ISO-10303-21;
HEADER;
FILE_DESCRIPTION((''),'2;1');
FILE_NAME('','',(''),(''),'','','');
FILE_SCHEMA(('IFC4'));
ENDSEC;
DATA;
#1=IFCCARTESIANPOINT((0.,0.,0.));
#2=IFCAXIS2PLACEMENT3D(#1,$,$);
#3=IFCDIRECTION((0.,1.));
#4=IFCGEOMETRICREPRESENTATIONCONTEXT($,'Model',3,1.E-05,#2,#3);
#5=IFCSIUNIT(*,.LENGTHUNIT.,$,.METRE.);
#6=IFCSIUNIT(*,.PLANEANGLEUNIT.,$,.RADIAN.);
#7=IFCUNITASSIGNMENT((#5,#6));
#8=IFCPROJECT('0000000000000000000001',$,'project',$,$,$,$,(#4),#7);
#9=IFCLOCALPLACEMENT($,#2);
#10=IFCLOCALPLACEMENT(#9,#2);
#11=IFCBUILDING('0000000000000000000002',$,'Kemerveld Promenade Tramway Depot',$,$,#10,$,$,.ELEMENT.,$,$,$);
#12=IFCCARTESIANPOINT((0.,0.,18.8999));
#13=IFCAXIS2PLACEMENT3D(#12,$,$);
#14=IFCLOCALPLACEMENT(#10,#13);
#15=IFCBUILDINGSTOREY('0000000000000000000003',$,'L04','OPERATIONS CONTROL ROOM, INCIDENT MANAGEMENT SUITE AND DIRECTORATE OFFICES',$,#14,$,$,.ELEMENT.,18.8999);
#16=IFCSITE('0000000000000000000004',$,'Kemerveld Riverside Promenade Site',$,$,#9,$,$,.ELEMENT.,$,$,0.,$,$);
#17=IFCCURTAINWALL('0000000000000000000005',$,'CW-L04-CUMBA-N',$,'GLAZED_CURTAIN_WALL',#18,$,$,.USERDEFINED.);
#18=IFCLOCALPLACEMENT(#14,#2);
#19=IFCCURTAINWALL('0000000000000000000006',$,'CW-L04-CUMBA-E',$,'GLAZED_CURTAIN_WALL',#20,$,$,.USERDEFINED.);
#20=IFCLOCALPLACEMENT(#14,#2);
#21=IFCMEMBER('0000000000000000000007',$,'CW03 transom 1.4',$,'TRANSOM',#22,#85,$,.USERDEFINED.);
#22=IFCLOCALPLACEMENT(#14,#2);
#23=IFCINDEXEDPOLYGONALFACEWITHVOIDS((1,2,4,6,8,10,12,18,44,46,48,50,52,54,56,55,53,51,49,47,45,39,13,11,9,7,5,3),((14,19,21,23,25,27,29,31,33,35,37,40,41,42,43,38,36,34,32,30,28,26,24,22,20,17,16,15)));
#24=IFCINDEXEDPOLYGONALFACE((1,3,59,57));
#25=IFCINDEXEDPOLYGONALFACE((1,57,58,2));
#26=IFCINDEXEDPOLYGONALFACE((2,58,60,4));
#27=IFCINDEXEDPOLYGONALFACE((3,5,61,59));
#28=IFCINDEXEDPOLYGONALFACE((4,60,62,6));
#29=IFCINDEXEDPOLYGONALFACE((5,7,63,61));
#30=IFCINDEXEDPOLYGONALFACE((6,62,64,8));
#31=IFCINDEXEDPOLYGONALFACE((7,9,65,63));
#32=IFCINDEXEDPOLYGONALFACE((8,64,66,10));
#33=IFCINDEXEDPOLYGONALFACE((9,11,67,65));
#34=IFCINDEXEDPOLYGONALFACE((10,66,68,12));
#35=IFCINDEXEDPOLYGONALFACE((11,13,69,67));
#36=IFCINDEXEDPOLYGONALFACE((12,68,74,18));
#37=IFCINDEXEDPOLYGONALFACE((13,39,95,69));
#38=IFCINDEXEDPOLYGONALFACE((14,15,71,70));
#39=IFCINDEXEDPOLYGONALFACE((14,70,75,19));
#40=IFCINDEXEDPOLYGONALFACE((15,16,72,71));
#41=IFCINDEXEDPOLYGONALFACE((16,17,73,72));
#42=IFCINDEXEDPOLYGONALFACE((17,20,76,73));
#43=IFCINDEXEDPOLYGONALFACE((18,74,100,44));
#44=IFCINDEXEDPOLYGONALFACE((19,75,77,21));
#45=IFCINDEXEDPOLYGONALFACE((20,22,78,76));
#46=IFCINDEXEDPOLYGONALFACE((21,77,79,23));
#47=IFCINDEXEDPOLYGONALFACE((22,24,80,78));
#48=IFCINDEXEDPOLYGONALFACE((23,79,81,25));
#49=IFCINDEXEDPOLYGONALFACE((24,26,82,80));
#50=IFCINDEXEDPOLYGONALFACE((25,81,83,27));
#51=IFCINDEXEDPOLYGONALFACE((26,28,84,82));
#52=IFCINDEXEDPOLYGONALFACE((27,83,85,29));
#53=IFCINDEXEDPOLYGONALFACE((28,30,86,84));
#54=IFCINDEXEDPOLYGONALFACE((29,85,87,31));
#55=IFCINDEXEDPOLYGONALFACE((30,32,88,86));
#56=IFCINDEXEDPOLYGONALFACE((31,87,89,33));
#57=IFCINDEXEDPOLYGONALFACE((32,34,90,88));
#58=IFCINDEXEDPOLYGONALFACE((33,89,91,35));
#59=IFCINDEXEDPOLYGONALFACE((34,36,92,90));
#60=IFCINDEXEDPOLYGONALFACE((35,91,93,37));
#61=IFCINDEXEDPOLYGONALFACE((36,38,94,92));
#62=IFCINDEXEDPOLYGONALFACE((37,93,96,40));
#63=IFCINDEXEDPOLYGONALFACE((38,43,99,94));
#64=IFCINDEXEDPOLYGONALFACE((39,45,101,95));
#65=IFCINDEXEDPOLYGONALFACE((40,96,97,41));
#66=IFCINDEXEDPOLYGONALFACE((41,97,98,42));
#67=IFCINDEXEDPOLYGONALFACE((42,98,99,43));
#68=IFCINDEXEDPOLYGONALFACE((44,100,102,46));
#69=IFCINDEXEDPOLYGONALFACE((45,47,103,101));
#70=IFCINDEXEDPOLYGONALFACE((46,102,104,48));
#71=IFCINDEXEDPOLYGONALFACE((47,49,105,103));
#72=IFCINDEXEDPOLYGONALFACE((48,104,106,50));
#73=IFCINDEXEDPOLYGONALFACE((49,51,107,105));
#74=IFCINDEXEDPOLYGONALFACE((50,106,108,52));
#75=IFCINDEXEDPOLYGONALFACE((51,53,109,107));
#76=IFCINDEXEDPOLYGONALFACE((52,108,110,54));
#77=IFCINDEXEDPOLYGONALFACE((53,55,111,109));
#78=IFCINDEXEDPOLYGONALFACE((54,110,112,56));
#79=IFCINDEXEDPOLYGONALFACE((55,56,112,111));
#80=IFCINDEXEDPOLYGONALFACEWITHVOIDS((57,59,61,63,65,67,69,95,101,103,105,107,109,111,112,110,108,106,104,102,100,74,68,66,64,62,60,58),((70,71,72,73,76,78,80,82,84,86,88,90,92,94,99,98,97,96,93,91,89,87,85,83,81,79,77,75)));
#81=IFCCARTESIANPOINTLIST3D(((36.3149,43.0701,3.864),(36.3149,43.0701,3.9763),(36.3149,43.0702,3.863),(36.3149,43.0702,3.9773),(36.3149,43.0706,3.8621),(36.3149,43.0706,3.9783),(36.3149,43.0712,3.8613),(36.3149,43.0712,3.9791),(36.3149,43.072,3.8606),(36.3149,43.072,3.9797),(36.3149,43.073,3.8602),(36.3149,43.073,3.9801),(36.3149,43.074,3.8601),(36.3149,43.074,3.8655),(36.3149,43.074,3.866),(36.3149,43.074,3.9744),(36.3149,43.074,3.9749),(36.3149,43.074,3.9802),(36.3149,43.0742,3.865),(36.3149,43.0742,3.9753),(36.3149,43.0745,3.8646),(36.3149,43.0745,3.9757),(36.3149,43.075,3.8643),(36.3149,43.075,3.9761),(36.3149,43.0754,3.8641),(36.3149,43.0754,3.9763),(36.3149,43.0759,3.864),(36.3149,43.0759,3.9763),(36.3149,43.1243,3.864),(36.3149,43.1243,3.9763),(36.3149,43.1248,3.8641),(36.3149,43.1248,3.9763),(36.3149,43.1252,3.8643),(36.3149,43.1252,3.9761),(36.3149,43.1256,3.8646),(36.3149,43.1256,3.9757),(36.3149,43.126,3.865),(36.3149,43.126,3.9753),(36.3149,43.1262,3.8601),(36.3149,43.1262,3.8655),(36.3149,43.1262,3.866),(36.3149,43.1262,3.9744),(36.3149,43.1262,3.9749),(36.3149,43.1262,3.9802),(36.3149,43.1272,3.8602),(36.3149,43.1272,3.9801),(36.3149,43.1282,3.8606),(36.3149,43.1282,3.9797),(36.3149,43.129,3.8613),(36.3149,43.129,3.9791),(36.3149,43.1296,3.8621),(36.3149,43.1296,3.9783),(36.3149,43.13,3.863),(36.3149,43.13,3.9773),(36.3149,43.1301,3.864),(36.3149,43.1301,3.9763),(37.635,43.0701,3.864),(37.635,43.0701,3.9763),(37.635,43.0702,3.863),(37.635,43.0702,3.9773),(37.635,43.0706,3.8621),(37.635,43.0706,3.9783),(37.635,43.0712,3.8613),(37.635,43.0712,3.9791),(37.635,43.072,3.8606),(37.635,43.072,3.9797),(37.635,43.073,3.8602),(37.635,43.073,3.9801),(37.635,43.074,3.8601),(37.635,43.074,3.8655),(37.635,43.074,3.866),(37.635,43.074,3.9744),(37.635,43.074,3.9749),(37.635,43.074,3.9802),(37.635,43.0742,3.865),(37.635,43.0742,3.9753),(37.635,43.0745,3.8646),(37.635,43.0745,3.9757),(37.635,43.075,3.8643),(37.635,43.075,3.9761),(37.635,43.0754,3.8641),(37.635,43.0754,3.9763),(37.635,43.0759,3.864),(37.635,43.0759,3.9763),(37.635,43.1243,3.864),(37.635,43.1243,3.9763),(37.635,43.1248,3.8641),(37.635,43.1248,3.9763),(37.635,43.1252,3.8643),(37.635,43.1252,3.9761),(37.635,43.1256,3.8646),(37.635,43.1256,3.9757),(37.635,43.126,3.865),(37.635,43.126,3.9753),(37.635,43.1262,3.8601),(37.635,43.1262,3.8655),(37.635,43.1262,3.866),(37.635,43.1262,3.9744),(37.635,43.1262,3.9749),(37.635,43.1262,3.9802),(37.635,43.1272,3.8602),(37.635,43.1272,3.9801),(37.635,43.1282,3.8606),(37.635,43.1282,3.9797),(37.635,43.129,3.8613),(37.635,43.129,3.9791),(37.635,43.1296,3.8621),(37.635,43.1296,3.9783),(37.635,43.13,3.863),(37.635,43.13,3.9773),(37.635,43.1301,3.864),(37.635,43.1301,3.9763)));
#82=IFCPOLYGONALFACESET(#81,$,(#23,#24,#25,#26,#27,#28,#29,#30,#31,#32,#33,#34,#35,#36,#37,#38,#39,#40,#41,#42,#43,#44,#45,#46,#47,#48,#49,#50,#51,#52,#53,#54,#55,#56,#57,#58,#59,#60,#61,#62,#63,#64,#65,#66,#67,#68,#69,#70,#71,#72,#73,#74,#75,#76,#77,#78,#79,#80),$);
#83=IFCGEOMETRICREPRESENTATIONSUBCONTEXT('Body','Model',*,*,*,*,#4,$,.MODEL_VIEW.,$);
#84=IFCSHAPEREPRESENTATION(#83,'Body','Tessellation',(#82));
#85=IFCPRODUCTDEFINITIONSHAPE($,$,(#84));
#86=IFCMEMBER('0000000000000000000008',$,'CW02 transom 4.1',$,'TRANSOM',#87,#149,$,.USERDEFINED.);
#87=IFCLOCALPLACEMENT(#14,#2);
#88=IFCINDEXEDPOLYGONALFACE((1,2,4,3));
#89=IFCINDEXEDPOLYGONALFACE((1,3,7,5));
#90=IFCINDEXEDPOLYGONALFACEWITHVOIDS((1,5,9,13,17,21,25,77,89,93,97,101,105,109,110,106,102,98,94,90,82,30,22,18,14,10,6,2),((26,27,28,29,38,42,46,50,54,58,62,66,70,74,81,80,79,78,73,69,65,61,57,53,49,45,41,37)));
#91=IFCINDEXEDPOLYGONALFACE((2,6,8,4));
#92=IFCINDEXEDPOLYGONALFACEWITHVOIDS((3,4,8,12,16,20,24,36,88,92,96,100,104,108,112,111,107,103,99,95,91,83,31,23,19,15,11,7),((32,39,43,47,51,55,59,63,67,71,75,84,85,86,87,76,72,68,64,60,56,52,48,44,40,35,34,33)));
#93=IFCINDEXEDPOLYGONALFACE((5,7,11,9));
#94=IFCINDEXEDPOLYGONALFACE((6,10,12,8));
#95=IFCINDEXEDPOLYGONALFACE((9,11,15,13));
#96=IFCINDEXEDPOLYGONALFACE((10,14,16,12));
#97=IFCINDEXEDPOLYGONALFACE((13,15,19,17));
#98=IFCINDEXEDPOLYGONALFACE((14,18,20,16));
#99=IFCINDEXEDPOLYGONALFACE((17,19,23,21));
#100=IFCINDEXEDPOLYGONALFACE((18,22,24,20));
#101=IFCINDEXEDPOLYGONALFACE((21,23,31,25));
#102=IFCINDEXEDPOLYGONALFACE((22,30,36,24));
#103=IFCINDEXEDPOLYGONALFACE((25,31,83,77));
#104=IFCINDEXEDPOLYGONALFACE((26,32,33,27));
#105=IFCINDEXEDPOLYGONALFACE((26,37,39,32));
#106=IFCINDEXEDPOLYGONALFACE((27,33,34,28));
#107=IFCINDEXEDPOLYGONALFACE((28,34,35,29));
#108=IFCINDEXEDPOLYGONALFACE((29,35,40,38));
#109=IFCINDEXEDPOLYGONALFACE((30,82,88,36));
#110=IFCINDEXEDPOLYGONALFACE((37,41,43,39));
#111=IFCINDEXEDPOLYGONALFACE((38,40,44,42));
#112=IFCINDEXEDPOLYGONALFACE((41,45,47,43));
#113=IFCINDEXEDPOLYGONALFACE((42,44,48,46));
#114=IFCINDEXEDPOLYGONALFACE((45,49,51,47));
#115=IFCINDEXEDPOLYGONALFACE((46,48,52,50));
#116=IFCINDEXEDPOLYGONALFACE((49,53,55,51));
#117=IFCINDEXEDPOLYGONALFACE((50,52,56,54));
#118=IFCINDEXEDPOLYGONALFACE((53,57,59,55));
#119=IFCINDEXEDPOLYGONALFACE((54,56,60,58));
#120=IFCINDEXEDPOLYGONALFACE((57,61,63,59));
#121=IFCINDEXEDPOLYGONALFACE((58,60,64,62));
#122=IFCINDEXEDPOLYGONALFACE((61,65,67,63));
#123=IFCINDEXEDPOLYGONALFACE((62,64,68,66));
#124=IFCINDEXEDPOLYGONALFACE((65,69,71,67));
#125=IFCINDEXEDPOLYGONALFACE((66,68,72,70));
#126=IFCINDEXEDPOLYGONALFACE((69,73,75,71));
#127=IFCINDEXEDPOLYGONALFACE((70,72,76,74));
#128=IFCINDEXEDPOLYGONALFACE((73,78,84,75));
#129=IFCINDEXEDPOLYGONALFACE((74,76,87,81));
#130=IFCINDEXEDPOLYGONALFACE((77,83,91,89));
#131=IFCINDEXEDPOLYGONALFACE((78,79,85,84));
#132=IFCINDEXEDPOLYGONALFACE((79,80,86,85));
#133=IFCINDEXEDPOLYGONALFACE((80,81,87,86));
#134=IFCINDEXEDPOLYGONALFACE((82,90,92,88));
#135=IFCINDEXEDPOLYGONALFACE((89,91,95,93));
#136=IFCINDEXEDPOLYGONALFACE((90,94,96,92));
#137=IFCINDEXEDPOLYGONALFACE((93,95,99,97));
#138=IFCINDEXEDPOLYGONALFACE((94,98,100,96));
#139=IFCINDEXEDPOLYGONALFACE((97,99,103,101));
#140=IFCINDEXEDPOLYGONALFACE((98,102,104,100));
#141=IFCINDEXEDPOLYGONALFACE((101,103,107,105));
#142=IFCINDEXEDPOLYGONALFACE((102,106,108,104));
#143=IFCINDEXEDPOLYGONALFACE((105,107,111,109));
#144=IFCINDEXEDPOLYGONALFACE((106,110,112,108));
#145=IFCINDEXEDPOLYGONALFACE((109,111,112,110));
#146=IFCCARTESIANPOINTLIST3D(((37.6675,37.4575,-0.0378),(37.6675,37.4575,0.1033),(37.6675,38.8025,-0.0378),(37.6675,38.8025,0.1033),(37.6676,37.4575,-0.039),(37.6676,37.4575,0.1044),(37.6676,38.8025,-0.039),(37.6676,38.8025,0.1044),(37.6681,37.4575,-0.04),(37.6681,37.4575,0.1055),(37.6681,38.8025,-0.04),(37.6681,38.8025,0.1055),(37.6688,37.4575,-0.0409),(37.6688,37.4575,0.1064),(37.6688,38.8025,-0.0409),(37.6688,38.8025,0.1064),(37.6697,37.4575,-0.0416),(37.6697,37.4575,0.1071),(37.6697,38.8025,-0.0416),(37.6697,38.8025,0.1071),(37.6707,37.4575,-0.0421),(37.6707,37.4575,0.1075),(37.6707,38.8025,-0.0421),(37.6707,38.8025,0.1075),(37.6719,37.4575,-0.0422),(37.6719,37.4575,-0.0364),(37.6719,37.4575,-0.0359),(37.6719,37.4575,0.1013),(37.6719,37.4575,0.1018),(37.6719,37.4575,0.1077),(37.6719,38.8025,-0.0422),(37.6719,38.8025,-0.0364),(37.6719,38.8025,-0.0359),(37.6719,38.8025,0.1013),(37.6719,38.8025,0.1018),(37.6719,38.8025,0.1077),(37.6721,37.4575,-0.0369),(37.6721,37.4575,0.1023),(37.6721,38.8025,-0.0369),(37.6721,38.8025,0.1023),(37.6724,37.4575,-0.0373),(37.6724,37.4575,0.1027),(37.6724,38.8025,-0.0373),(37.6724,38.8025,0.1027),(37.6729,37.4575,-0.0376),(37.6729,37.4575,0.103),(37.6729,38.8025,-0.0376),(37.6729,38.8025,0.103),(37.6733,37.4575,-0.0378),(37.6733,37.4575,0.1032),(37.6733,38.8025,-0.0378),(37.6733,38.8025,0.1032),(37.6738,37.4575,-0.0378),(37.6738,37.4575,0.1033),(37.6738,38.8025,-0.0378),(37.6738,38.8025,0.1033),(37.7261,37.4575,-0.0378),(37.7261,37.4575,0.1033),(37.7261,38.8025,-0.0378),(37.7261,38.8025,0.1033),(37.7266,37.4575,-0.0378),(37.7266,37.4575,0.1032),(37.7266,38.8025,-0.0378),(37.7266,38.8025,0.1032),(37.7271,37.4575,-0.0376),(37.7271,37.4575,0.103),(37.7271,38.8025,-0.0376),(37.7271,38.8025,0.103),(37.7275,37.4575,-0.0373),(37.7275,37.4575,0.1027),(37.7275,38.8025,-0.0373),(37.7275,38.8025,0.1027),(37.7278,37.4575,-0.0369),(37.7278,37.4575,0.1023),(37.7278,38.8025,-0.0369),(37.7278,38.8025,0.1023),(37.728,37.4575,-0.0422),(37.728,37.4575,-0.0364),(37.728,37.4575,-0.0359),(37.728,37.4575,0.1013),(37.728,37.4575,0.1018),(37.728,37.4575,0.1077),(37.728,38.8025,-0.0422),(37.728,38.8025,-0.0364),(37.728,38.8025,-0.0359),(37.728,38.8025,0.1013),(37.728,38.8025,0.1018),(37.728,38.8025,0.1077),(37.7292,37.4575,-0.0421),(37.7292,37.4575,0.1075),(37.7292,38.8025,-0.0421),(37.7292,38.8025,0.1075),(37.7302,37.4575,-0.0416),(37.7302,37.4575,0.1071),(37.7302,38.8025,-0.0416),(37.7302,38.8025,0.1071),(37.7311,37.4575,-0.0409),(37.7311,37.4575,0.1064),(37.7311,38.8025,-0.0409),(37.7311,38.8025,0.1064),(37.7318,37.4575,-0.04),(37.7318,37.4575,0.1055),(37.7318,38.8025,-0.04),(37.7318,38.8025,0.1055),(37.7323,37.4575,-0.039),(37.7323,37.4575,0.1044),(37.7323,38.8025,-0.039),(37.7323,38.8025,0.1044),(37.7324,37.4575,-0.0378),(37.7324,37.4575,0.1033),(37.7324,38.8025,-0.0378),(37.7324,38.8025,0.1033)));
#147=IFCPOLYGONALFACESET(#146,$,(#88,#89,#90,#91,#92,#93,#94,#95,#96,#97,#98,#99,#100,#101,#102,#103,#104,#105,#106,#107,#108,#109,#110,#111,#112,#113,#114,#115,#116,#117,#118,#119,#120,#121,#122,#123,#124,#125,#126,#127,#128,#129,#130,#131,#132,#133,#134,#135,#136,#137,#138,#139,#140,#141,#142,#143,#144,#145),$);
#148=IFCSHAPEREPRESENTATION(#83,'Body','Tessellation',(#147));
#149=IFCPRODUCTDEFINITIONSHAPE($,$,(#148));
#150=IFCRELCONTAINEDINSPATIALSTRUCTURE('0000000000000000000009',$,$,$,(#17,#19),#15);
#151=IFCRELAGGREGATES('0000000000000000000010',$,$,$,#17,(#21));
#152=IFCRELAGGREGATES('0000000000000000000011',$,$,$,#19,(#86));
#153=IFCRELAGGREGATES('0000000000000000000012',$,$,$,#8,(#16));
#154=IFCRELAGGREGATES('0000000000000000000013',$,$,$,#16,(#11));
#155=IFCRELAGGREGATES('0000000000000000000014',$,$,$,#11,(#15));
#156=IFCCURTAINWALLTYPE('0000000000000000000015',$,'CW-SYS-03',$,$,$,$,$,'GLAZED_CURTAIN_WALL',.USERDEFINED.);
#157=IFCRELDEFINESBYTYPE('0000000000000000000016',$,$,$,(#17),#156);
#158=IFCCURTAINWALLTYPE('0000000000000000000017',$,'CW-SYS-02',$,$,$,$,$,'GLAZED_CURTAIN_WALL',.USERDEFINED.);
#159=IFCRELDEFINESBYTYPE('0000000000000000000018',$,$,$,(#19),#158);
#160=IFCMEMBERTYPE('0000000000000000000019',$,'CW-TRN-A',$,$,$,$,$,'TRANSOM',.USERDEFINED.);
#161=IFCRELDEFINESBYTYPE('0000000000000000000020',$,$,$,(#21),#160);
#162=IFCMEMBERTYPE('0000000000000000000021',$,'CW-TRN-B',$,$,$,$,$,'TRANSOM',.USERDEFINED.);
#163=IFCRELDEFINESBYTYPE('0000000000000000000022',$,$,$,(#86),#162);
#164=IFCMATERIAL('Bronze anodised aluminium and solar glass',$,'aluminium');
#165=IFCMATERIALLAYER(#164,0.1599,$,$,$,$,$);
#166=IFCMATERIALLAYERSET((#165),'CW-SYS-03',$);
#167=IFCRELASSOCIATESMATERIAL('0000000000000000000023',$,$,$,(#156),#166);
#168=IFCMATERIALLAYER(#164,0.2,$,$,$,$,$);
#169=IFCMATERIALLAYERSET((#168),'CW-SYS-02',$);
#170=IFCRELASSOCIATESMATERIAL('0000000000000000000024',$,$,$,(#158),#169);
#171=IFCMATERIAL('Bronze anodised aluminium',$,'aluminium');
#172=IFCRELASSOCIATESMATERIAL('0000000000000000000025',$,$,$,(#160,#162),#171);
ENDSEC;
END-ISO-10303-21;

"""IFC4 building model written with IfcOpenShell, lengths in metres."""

from ifc_helpers import new_model, si_unit, direction, frame, origin, origin_2d, place, context, subcontext, project, spatial, hollow_rectangle, extrude, material, layer, layer_set, material_profile, profile_set, type_object, element, aggregate, save


model = new_model("IFC4")

# Units and contexts
model_context = context("Model", 3, precision=1e-05, world=origin(), true_north=direction((0.0, 1.0)))
body_context = subcontext(model_context, "Body", "Model", "MODEL_VIEW")
ifc_project = project(units=[si_unit("LENGTHUNIT", "METRE"), si_unit("PLANEANGLEUNIT", "RADIAN")], contexts=[model_context])

# Site, building, storey
site_placement = place(None, origin())
site = spatial("IfcSite", under=ifc_project, at=site_placement, Name="Kemerveld Riverside Promenade Site", CompositionType="ELEMENT", RefElevation=0.0)
building_placement = place(site_placement, origin())
building = spatial("IfcBuilding", under=site, at=building_placement, Name="Kemerveld Promenade Tramway Depot", CompositionType="ELEMENT")
storey_placement = place(building_placement, frame((0.0, 0.0, 18.8999)))
storey = spatial("IfcBuildingStorey", under=building, at=storey_placement, Name="L04", Description="OPERATIONS CONTROL ROOM, INCIDENT MANAGEMENT SUITE AND DIRECTORATE OFFICES", CompositionType="ELEMENT", Elevation=18.8999)

# Curtain wall
ifc_material_1 = material(Name="Bronze anodised aluminium and solar glass", Category="aluminium")
ifc_layer_1 = layer(ifc_material_1, 0.1599)
ifc_layer_set_1 = layer_set([ifc_layer_1], Name="CW-SYS-03")
curtain_wall_type_1 = type_object("IfcCurtainWallType", Name="CW-SYS-03", ElementType="GLAZED_CURTAIN_WALL", PredefinedType="USERDEFINED", material=ifc_layer_set_1)
curtain_wall_1_placement = place(storey_placement, origin())
curtain_wall_1 = element("IfcCurtainWall", 1, at=curtain_wall_1_placement, inside=storey, type_object=curtain_wall_type_1, Name="CW-L04-CUMBA-N", ObjectType="GLAZED_CURTAIN_WALL", PredefinedType="USERDEFINED")
ifc_material_2 = material(Name="Bronze anodised aluminium", Category="aluminium")

# Curtain wall
ifc_layer_2 = layer(ifc_material_1, 0.2)
ifc_layer_set_2 = layer_set([ifc_layer_2], Name="CW-SYS-02")
curtain_wall_type_2 = type_object("IfcCurtainWallType", Name="CW-SYS-02", ElementType="GLAZED_CURTAIN_WALL", PredefinedType="USERDEFINED", material=ifc_layer_set_2)
curtain_wall_2_placement = place(storey_placement, origin())
curtain_wall_2 = element("IfcCurtainWall", 2, at=curtain_wall_2_placement, inside=storey, type_object=curtain_wall_type_2, Name="CW-L04-CUMBA-E", ObjectType="GLAZED_CURTAIN_WALL", PredefinedType="USERDEFINED")

# Members
ifc_material_profile_1 = material_profile(ifc_material_2, hollow_rectangle(XDim=0.0601, YDim=0.1201, WallThickness=0.0039, InnerFilletRadius=0.002, OuterFilletRadius=0.0039, at=origin_2d()), Name="CW-TRN-120x60")
ifc_profile_set_1 = profile_set([ifc_material_profile_1], Name="Bronze anodised aluminium")
member_type_1 = type_object("IfcMemberType", Name="CW-TRN-A", ElementType="TRANSOM", PredefinedType="USERDEFINED", material=ifc_profile_set_1)
member_1_placement = place(storey_placement, frame((36.3149, 43.1001, 3.9202), z_axis=(1.0, 0.0, 0.0), x_axis=(0.0, 1.0, 0.0)))
member_1 = element("IfcMember", 3, at=member_1_placement, type_object=member_type_1, Name="CW03 transom 1.4", ObjectType="TRANSOM", PredefinedType="USERDEFINED", context=body_context, shape_type="SweptSolid", body=[
    extrude(hollow_rectangle(XDim=0.0601, YDim=0.1201, WallThickness=0.0039, InnerFilletRadius=0.002, OuterFilletRadius=0.0039, at=origin_2d()), origin(), (0.0, 0.0, 1.0), 1.3201),
])
aggregate(curtain_wall_1, [member_1])
ifc_material_profile_2 = material_profile(ifc_material_2, hollow_rectangle(XDim=0.0649, YDim=0.1499, WallThickness=0.0044, InnerFilletRadius=0.002, OuterFilletRadius=0.0044, at=origin_2d()), Name="CW-TRN-150x65")
ifc_profile_set_2 = profile_set([ifc_material_profile_2], Name="Bronze anodised aluminium")
member_type_2 = type_object("IfcMemberType", Name="CW-TRN-B", ElementType="TRANSOM", PredefinedType="USERDEFINED", material=ifc_profile_set_2)
member_2_placement = place(storey_placement, frame((37.7, 38.8025, 0.0327), z_axis=(0.0, -1.0, 0.0), x_axis=(1.0, 0.0, 0.0)))
member_2 = element("IfcMember", 4, at=member_2_placement, type_object=member_type_2, Name="CW02 transom 4.1", ObjectType="TRANSOM", PredefinedType="USERDEFINED", context=body_context, shape_type="SweptSolid", body=[
    extrude(hollow_rectangle(XDim=0.0649, YDim=0.1499, WallThickness=0.0044, InnerFilletRadius=0.002, OuterFilletRadius=0.0044, at=origin_2d()), origin(), (0.0, 0.0, 1.0), 1.345),
])

aggregate(curtain_wall_2, [member_2])

save(model, "model.ifc")
